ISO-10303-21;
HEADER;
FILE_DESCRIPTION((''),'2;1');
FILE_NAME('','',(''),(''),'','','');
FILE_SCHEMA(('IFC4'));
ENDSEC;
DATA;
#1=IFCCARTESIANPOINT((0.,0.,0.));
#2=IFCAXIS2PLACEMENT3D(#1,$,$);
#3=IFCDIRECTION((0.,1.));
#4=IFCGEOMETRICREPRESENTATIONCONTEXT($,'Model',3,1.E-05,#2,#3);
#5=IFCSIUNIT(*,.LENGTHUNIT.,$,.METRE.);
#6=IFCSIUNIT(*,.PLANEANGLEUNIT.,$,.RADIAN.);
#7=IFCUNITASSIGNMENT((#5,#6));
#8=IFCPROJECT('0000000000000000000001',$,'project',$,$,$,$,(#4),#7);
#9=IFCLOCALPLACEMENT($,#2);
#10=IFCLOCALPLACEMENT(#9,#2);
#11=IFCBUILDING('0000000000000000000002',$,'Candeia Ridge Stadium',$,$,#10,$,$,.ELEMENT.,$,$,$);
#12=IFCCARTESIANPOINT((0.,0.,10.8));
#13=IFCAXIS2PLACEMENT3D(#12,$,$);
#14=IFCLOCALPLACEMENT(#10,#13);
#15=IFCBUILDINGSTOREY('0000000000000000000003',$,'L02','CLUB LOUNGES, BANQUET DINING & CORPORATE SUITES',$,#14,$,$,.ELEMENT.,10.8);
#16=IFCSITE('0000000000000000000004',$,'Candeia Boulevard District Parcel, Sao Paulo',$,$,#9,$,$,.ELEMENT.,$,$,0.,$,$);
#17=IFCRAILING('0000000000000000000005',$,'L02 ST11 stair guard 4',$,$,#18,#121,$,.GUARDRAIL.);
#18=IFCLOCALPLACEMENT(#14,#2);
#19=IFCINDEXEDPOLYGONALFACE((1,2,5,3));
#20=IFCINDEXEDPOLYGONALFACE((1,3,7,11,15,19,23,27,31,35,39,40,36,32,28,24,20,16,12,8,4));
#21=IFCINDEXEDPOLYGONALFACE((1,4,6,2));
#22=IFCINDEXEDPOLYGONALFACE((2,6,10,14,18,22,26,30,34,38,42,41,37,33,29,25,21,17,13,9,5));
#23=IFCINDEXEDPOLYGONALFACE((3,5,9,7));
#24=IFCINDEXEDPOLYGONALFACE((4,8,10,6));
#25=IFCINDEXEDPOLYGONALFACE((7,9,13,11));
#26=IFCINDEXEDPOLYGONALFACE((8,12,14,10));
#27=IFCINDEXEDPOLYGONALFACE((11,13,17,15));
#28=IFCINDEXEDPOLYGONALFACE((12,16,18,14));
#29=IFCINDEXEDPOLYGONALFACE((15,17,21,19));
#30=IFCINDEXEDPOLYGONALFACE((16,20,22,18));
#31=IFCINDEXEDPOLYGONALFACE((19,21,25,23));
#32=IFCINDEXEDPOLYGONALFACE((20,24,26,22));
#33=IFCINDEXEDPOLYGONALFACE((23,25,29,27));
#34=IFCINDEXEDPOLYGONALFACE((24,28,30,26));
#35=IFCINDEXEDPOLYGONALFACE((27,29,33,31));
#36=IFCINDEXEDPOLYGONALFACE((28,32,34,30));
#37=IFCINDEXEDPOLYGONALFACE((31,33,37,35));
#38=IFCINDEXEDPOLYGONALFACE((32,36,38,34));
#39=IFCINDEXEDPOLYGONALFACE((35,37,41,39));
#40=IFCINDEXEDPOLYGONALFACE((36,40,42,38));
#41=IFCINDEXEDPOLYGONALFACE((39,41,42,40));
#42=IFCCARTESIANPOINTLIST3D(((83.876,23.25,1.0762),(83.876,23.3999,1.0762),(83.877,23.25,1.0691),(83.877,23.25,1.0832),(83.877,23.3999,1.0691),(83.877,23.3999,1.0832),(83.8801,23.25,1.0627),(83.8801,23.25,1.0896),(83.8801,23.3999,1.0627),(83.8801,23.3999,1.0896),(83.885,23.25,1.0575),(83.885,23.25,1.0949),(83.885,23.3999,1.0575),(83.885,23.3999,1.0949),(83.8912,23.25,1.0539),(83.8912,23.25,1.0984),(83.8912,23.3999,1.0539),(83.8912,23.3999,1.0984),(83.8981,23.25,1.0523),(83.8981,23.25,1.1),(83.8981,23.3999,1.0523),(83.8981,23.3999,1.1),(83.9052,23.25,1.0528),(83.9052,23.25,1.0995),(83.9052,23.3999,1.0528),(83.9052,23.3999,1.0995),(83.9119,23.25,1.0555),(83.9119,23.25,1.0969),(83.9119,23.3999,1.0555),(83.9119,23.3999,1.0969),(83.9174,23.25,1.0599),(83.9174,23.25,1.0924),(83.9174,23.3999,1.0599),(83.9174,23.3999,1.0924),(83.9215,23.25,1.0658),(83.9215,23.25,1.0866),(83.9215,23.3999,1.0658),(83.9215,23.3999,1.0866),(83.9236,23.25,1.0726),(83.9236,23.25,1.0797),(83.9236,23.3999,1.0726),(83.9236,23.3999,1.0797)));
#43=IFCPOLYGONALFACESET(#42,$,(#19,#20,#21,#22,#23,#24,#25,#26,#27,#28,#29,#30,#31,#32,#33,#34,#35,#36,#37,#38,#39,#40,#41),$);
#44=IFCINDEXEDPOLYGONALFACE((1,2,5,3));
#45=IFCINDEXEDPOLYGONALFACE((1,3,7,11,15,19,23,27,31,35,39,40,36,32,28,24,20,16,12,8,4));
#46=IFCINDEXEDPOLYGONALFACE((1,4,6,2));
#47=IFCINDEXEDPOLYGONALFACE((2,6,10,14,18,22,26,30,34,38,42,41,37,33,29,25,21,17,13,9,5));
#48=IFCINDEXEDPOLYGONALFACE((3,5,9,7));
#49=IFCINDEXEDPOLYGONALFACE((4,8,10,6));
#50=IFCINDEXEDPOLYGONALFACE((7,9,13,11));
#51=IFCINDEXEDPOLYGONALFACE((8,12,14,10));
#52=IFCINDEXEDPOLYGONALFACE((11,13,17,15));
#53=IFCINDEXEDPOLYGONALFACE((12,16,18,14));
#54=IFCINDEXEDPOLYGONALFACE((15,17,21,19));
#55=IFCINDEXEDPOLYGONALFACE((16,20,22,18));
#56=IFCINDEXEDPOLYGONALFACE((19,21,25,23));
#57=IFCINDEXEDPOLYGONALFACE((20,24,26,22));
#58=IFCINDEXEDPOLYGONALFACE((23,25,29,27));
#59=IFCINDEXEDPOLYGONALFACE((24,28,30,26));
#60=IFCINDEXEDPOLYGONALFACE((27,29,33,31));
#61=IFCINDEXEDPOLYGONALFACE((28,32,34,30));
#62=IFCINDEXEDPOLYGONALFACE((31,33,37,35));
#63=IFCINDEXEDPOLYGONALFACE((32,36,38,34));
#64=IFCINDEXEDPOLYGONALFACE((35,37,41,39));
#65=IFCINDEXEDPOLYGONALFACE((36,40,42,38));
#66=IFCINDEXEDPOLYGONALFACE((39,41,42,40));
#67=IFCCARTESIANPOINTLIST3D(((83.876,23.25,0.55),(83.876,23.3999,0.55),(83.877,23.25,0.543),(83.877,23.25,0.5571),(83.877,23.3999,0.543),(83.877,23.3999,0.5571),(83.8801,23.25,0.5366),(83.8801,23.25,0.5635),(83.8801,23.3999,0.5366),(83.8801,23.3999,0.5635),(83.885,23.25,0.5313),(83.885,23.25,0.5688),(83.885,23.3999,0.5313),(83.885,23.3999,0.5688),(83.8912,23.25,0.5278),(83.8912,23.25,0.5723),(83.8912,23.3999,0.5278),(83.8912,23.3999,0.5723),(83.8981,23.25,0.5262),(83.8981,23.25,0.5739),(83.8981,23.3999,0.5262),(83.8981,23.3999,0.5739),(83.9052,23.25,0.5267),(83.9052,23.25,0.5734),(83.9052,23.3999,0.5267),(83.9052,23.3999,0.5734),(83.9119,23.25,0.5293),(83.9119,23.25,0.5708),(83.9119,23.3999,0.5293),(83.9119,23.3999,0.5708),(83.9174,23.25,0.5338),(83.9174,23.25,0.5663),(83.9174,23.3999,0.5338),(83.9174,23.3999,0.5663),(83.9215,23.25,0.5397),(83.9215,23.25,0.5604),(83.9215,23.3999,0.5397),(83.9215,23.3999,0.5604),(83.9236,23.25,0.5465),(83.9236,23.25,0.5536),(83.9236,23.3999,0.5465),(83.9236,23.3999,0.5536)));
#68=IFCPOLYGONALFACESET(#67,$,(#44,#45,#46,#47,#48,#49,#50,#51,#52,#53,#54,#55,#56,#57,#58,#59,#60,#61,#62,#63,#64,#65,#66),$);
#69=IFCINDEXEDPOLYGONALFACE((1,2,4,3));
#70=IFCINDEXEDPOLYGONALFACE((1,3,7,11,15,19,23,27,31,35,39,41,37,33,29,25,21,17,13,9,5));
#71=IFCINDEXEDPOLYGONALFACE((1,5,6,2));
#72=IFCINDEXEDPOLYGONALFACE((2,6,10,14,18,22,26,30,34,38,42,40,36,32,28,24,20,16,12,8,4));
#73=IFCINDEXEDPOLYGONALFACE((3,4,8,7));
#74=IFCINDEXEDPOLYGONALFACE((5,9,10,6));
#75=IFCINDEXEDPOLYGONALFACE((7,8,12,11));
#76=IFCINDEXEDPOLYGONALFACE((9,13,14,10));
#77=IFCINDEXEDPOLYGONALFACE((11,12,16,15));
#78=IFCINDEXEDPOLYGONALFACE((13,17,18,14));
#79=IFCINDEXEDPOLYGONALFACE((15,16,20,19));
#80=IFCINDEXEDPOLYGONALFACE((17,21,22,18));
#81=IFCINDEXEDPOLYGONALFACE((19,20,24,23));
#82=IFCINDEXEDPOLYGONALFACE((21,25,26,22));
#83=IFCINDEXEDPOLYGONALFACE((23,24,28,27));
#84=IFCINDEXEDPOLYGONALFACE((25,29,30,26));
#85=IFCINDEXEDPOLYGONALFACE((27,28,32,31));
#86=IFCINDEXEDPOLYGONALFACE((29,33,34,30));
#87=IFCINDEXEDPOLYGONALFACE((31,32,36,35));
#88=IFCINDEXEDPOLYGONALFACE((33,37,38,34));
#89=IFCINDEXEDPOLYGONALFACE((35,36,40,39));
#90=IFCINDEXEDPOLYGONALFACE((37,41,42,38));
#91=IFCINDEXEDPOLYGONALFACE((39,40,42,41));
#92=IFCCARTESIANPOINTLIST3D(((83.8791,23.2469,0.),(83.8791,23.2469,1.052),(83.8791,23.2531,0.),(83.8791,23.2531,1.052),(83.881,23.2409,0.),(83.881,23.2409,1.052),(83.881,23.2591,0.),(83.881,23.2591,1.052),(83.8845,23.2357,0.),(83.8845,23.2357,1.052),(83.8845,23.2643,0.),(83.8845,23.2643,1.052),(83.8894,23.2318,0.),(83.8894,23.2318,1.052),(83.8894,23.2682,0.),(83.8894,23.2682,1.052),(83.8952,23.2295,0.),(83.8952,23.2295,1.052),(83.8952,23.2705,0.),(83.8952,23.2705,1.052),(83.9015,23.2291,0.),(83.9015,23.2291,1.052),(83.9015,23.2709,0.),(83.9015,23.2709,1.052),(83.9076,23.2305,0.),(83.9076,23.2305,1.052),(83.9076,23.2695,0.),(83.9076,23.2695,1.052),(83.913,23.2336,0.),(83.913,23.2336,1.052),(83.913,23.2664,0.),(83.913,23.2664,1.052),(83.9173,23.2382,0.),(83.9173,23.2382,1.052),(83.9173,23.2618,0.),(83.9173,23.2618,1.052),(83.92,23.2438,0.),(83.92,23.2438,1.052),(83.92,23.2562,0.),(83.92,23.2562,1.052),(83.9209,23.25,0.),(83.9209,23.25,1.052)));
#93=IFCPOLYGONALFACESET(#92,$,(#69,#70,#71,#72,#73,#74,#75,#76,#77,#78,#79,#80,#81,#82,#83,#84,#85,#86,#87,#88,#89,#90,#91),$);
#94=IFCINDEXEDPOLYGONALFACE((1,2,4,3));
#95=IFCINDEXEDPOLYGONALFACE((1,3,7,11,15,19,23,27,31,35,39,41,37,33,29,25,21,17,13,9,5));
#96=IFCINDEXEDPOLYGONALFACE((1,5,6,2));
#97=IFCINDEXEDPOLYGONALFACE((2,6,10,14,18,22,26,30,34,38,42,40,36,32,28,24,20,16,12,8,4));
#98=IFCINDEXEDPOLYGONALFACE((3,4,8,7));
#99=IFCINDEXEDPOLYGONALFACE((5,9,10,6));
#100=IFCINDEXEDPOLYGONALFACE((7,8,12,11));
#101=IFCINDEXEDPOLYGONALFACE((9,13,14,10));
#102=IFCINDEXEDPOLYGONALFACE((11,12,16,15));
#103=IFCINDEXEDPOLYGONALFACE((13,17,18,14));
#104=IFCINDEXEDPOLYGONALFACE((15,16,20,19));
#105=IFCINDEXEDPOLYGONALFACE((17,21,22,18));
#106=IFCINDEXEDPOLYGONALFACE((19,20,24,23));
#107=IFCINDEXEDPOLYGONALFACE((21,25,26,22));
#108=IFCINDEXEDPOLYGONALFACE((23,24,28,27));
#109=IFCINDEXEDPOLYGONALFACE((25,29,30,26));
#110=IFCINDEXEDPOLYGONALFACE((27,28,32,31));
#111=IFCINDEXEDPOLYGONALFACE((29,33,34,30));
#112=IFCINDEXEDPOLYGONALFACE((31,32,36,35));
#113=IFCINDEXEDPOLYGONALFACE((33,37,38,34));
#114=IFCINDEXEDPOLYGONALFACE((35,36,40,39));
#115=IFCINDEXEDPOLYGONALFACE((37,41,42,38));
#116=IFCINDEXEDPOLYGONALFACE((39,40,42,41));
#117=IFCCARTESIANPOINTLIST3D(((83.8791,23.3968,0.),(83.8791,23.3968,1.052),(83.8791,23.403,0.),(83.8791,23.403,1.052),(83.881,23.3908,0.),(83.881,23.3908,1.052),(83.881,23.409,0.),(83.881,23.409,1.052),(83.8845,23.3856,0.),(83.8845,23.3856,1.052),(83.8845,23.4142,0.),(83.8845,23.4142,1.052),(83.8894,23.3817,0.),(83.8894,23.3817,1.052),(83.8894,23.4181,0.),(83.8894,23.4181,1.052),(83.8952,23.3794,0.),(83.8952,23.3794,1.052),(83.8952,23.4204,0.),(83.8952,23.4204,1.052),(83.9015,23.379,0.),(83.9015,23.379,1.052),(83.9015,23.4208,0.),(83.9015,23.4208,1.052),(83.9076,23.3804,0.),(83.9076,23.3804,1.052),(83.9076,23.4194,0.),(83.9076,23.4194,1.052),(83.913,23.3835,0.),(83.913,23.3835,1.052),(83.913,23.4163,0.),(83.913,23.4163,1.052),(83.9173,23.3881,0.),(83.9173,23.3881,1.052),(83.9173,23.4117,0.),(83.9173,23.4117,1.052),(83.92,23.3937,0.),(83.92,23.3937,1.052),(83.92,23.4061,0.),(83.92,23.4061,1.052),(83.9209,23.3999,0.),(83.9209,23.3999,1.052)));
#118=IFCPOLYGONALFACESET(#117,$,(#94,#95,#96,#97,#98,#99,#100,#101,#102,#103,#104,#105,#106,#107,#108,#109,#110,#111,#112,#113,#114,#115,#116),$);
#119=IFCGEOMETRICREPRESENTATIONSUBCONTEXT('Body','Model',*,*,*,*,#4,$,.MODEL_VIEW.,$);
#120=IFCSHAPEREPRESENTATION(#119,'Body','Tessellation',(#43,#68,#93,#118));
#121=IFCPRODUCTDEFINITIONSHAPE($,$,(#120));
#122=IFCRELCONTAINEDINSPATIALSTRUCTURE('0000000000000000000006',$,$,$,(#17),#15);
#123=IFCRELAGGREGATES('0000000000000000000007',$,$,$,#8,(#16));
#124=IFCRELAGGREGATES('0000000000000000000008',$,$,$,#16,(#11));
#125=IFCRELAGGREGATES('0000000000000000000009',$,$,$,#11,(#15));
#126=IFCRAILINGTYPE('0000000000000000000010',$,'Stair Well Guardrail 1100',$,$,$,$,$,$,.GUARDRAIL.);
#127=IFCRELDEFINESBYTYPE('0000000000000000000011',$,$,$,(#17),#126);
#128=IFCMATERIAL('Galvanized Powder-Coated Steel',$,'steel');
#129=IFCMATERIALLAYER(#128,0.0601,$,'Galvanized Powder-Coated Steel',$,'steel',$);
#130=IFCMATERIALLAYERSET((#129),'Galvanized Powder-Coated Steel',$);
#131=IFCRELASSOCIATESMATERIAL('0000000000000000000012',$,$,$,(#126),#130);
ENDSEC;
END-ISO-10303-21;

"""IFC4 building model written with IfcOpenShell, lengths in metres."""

from ifc_helpers import new_model, si_unit, direction, frame, origin, origin_2d, place, context, subcontext, project, spatial, circle, extrude, material, layer, layer_set, type_object, element, save


model = new_model("IFC4")

# Units and contexts
model_context = context("Model", 3, precision=1e-05, world=origin(), true_north=direction((0.0, 1.0)))
body_context = subcontext(model_context, "Body", "Model", "MODEL_VIEW")
ifc_project = project(units=[si_unit("LENGTHUNIT", "METRE"), si_unit("PLANEANGLEUNIT", "RADIAN")], contexts=[model_context])

# Site, building, storey
site_placement = place(None, origin())
site = spatial("IfcSite", under=ifc_project, at=site_placement, Name="Candeia Boulevard District Parcel, Sao Paulo", CompositionType="ELEMENT", RefElevation=0.0)
building_placement = place(site_placement, origin())
building = spatial("IfcBuilding", under=site, at=building_placement, Name="Candeia Ridge Stadium", CompositionType="ELEMENT")
storey_placement = place(building_placement, frame((0.0, 0.0, 10.8)))
storey = spatial("IfcBuildingStorey", under=building, at=storey_placement, Name="L02", Description="CLUB LOUNGES, BANQUET DINING & CORPORATE SUITES", CompositionType="ELEMENT", Elevation=10.8)

# Railing
ifc_material_1 = material(Name="Galvanized Powder-Coated Steel", Category="steel")
ifc_layer_1 = layer(ifc_material_1, 0.0601, Name="Galvanized Powder-Coated Steel", Category="steel")
ifc_layer_set_1 = layer_set([ifc_layer_1], Name="Galvanized Powder-Coated Steel")
railing_type_1 = type_object("IfcRailingType", Name="Stair Well Guardrail 1100", PredefinedType="GUARDRAIL", material=ifc_layer_set_1)
railing_1_placement = place(storey_placement, frame((83.8999, 23.25, 0.0)))
element("IfcRailing", 1, at=railing_1_placement, inside=storey, type_object=railing_type_1, Name="L02 ST11 stair guard 4", PredefinedType="GUARDRAIL", context=body_context, shape_type="SweptSolid", body=[
    extrude(circle(Radius=0.0239, at=origin_2d()), frame((0.0, 0.0, 1.0762), z_axis=(0.0, 1.0, 0.0), x_axis=(-1.0, 0.0, 0.0)), (0.0, 0.0, 1.0), 0.1499),
    extrude(circle(Radius=0.0239, at=origin_2d()), frame((0.0, 0.0, 0.55), z_axis=(0.0, 1.0, 0.0), x_axis=(-1.0, 0.0, 0.0)), (0.0, 0.0, 1.0), 0.1499),
    extrude(circle(Radius=0.021, at=origin_2d()), origin(), (0.0, 0.0, 1.0), 1.052),
    extrude(circle(Radius=0.021, at=origin_2d()), frame((0.0, 0.1499, 0.0)), (0.0, 0.0, 1.0), 1.052),
])

save(model, "model.ifc")
